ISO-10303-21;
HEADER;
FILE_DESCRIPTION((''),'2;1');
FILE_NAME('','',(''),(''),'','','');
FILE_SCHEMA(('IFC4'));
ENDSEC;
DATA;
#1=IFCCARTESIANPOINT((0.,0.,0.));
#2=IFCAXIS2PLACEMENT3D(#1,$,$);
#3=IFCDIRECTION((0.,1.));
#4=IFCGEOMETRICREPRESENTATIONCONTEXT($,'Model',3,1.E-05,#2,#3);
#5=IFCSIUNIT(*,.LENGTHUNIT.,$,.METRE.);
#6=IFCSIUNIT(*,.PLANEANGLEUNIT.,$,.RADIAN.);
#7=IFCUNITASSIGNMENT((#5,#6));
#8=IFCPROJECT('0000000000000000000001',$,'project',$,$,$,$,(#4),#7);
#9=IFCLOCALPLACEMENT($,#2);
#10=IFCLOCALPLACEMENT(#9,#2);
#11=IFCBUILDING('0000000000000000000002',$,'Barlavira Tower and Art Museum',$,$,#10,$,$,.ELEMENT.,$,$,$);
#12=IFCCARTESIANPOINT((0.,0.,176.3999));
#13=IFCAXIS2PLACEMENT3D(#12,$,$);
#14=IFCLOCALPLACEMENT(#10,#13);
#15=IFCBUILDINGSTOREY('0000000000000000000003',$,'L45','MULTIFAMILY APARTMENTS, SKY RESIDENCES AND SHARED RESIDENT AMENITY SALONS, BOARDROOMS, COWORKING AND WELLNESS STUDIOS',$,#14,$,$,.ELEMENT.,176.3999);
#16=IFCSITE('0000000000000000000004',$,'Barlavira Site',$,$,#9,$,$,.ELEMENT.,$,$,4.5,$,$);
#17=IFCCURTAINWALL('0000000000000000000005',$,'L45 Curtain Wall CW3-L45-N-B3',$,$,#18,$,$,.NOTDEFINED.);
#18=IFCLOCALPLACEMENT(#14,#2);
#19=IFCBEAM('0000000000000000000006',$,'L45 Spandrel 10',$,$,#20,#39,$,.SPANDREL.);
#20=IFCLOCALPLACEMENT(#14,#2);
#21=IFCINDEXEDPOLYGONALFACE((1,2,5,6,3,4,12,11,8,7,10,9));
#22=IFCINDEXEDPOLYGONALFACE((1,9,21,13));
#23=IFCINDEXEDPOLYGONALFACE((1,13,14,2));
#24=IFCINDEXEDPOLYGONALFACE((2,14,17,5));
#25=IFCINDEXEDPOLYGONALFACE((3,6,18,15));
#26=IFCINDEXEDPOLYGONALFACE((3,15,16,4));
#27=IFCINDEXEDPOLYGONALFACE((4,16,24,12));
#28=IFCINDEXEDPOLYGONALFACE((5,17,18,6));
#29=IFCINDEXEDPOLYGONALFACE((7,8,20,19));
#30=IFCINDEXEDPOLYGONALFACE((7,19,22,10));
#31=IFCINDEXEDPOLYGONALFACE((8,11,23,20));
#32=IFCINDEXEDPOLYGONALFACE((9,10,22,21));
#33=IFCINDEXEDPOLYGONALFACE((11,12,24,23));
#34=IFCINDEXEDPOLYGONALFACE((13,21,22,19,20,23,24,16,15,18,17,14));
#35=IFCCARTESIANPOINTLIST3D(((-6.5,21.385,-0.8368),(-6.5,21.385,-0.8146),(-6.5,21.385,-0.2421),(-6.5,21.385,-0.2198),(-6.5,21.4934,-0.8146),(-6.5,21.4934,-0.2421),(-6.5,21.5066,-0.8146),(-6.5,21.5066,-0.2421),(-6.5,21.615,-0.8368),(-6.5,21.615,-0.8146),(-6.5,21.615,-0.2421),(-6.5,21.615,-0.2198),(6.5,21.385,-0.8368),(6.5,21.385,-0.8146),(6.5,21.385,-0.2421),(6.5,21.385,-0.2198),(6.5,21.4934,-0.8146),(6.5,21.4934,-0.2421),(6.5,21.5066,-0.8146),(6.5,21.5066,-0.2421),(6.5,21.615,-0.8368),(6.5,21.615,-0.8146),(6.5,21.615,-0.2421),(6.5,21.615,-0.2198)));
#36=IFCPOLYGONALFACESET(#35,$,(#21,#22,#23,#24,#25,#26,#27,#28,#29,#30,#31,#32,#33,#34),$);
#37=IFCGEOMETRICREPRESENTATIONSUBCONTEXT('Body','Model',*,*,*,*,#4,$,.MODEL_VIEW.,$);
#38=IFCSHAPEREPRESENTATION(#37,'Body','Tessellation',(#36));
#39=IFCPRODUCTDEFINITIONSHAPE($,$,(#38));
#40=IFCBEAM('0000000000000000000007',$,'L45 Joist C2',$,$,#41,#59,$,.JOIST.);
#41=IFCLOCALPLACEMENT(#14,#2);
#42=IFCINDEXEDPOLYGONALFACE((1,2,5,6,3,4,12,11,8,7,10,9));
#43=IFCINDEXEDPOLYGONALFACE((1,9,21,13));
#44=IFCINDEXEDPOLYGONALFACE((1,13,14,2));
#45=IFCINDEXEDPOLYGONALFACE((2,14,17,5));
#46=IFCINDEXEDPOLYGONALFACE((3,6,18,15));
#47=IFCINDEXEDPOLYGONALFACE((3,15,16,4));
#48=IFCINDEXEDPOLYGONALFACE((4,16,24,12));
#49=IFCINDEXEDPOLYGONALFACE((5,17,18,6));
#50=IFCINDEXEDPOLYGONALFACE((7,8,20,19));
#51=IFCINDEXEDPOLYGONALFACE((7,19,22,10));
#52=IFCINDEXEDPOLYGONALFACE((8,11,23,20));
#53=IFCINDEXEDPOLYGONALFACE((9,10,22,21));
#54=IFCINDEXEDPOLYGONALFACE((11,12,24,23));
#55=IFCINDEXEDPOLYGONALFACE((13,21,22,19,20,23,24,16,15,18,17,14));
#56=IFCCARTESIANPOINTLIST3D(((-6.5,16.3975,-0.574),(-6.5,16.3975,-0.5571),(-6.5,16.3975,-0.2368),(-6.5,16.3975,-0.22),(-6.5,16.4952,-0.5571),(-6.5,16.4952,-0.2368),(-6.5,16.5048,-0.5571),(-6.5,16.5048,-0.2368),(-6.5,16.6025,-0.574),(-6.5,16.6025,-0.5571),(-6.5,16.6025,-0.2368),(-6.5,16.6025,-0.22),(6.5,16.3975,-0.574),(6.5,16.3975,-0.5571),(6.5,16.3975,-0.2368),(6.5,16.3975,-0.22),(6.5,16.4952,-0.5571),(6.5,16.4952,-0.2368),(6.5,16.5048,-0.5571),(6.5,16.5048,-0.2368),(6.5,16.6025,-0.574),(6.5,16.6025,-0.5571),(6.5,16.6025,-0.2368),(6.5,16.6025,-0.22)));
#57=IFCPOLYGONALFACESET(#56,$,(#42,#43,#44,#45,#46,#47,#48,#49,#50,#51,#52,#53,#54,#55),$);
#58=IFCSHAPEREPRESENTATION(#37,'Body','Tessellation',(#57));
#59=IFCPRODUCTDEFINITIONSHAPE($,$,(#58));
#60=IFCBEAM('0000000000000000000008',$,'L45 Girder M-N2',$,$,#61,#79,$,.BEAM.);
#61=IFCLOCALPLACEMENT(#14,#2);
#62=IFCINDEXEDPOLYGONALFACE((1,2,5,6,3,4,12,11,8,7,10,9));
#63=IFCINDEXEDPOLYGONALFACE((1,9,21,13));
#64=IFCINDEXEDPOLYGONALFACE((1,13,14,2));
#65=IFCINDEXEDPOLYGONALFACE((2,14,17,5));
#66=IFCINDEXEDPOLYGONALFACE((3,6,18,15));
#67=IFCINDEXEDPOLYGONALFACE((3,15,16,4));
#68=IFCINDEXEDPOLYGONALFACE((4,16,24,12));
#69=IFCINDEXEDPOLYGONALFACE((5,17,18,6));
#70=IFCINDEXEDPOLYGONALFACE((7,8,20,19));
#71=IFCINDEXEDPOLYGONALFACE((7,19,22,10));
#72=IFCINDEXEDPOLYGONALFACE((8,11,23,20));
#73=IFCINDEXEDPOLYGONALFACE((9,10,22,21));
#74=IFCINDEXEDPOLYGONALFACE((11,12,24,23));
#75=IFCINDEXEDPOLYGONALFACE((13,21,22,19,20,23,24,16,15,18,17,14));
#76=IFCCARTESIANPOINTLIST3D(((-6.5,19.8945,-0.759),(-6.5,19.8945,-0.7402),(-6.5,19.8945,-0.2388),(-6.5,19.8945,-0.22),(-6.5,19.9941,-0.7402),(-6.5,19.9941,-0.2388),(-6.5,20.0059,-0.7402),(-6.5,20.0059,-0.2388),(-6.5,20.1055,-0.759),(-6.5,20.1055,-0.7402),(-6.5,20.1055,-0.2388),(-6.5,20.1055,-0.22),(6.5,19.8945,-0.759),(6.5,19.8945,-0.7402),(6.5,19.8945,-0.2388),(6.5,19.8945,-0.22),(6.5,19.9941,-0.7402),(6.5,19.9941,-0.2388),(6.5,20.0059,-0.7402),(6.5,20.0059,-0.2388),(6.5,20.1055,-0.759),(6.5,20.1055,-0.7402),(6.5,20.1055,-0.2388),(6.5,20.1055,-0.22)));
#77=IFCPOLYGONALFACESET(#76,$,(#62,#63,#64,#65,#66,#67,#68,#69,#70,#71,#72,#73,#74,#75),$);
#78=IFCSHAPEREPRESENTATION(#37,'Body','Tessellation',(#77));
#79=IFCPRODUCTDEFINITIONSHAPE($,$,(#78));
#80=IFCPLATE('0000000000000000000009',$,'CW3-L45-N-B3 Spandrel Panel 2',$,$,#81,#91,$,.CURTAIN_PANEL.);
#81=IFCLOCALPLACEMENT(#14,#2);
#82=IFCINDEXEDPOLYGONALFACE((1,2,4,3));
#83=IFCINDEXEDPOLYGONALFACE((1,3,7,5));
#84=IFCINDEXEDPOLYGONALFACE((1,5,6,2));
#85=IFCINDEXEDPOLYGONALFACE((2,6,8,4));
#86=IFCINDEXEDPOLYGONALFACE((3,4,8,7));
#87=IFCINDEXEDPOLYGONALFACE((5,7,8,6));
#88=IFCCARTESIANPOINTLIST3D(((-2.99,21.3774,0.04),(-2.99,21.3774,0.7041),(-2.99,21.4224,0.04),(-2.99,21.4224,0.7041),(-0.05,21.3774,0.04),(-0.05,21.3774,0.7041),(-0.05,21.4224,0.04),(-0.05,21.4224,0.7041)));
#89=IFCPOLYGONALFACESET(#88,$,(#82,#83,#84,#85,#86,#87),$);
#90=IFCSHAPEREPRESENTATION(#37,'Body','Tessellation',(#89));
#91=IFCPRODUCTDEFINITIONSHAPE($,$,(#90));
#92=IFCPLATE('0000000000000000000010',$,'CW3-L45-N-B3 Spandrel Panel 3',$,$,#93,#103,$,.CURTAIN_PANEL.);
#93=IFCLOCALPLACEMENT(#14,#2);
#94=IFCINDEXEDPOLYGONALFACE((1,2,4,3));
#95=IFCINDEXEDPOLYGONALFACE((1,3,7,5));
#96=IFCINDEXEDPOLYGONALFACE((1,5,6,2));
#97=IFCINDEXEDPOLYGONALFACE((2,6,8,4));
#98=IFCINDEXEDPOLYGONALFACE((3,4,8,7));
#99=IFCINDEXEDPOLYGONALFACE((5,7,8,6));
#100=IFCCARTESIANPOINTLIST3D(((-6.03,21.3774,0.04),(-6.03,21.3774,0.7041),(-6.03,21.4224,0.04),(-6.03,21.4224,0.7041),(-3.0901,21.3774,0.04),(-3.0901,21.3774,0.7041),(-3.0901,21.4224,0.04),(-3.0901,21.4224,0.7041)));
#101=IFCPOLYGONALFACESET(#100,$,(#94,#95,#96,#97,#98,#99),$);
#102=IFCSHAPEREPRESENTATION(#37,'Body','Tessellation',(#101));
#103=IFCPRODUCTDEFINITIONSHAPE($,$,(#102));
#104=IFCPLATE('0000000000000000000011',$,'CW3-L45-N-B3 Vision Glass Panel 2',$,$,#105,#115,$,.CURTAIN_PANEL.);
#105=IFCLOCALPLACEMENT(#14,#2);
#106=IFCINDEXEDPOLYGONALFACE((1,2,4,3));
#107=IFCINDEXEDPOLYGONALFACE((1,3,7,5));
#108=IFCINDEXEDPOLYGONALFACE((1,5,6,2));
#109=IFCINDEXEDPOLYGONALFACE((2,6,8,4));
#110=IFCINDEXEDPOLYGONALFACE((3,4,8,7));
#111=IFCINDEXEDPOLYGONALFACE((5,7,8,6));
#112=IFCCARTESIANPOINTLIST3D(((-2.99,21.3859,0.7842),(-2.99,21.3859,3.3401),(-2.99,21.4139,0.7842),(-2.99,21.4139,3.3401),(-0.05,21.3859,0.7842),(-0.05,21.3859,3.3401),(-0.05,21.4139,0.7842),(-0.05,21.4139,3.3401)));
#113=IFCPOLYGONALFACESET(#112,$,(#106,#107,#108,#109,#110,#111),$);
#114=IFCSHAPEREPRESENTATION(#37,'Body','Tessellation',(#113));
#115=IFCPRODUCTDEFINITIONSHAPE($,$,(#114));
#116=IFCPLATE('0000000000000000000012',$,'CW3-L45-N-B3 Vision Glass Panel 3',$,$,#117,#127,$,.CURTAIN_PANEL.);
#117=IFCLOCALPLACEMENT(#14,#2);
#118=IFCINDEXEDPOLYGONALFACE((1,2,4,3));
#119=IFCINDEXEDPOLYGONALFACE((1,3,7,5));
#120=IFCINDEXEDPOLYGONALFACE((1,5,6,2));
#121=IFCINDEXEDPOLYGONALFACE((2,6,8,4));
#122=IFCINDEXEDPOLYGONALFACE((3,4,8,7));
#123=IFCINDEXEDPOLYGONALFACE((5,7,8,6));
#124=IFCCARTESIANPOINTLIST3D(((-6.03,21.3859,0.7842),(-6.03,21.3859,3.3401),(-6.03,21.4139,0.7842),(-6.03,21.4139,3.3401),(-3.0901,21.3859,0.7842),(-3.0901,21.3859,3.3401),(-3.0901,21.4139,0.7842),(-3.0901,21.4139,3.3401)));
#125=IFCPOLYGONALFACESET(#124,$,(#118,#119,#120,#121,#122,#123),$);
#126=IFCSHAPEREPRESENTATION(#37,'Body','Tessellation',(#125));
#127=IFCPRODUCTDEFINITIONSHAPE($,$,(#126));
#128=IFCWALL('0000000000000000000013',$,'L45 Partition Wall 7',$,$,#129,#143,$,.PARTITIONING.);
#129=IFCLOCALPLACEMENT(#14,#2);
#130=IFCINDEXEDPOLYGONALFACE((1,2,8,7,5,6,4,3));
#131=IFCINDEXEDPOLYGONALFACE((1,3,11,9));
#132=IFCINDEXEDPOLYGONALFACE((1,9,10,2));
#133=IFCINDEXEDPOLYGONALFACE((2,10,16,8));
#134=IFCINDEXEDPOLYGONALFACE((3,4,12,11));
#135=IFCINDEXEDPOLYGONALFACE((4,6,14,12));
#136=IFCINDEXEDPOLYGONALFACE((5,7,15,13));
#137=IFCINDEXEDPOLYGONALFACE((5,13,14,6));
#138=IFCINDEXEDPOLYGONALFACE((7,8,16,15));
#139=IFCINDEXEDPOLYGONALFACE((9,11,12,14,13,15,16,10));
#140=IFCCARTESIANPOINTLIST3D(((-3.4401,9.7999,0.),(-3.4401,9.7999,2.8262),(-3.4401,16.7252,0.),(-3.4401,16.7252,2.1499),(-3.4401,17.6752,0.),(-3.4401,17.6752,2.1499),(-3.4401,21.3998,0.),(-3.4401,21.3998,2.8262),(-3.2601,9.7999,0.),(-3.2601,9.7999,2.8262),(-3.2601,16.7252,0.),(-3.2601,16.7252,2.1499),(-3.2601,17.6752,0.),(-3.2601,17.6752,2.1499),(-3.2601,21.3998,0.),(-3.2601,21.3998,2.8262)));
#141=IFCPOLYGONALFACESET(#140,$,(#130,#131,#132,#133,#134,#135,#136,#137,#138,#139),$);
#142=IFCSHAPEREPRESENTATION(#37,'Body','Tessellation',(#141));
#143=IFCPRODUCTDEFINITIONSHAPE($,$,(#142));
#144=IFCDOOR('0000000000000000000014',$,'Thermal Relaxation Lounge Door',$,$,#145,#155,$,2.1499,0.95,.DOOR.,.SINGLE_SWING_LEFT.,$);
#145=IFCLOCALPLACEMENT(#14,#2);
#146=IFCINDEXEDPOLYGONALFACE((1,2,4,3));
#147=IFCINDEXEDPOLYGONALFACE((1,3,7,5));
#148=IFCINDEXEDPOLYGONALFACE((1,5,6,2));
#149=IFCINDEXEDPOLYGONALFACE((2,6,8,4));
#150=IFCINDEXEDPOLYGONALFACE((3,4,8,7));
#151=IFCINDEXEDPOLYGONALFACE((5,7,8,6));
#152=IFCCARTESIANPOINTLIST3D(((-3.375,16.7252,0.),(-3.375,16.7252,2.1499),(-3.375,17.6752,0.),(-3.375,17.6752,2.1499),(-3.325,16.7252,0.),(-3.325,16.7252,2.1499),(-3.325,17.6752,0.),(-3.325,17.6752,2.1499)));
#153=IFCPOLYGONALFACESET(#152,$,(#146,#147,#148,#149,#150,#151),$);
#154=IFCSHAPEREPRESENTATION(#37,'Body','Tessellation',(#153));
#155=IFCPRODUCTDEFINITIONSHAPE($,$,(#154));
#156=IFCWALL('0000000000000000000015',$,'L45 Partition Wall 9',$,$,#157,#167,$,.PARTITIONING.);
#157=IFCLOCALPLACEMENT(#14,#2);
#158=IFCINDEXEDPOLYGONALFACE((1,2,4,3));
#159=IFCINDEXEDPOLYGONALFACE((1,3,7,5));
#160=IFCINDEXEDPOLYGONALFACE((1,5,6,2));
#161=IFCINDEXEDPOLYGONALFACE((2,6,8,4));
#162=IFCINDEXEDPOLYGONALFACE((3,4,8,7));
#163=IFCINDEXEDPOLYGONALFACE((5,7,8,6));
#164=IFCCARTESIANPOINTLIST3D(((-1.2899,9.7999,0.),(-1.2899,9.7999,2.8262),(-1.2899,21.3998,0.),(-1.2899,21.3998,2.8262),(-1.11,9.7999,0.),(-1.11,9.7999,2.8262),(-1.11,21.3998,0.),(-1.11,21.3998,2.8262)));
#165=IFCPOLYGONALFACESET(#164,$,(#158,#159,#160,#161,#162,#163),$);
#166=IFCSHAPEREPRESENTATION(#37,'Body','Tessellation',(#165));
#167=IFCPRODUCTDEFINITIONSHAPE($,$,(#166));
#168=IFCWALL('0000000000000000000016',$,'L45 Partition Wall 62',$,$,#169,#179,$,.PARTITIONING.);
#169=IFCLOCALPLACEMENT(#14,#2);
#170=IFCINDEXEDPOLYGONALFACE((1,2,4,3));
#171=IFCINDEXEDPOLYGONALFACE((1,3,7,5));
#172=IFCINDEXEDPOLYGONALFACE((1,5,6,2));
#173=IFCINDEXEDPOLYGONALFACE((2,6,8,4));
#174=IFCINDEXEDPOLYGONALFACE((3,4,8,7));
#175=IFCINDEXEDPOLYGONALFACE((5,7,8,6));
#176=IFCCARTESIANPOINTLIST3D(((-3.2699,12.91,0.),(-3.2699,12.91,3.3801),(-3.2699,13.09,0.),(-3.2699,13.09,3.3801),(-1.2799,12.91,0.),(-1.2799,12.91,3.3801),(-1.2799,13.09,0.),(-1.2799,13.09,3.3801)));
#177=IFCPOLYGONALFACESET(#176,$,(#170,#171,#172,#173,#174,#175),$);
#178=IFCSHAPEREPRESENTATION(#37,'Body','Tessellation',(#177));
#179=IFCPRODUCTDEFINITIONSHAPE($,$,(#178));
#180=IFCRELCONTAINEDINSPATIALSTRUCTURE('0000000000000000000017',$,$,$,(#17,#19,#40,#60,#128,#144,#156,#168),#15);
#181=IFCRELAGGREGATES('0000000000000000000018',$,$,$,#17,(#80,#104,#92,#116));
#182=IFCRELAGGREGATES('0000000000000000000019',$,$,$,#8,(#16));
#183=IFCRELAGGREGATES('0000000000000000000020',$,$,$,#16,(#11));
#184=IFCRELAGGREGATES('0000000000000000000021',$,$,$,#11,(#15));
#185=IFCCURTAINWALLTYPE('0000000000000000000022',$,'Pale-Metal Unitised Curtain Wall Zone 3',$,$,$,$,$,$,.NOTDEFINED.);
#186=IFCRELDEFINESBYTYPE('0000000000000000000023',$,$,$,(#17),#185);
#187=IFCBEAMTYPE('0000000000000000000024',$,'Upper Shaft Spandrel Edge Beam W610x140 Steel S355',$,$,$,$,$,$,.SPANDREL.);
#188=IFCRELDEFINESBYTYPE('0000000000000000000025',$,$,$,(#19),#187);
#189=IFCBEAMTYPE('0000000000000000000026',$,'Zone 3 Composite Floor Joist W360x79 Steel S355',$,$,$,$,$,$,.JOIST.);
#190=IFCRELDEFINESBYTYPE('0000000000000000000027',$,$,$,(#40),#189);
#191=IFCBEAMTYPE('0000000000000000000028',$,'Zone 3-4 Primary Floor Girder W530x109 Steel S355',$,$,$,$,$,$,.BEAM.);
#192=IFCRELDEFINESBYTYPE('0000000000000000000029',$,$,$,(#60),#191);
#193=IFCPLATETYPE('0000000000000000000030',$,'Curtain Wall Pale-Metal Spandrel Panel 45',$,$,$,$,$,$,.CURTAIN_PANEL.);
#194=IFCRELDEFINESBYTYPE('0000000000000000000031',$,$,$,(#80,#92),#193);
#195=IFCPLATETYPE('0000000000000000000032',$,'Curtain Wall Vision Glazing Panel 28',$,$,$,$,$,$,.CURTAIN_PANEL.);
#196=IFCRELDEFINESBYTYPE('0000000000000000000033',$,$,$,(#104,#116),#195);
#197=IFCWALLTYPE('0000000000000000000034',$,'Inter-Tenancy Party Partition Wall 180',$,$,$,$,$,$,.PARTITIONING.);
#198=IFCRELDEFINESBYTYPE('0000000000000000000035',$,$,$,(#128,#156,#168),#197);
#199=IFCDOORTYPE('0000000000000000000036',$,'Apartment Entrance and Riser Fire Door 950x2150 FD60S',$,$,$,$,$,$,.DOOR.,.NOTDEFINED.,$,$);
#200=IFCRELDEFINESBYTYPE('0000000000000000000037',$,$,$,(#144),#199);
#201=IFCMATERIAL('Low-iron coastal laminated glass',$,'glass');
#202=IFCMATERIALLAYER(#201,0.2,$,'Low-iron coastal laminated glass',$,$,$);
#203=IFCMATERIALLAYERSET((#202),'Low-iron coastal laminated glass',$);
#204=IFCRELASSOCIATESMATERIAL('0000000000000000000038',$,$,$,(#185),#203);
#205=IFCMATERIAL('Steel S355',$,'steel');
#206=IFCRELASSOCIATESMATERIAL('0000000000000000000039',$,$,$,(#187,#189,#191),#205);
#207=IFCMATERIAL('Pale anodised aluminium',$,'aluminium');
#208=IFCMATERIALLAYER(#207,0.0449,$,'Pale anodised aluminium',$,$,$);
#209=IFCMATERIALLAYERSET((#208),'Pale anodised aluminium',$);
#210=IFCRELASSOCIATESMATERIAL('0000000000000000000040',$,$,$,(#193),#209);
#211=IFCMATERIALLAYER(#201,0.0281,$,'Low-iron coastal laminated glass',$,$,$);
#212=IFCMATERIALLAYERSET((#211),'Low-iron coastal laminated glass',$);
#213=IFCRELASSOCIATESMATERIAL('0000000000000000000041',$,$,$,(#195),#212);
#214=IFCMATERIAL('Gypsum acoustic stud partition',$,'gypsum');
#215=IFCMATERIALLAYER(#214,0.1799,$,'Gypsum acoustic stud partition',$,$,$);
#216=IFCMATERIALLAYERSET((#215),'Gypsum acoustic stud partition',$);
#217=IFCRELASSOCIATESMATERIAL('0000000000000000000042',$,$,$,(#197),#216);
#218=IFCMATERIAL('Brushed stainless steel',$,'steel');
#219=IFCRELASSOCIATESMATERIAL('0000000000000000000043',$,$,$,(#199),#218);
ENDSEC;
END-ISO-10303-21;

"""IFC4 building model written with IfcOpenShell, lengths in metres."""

from ifc_helpers import new_model, si_unit, direction, frame, frame_2d, origin, origin_2d, place, context, subcontext, project, spatial, rectangle, i_section, extrude, material, layer, layer_set, material_profile, profile_set, type_object, element, fill, aggregate, save


model = new_model("IFC4")

# Units and contexts
model_context = context("Model", 3, precision=1e-05, world=origin(), true_north=direction((0.0, 1.0)))
body_context = subcontext(model_context, "Body", "Model", "MODEL_VIEW")
ifc_project = project(units=[si_unit("LENGTHUNIT", "METRE"), si_unit("PLANEANGLEUNIT", "RADIAN")], contexts=[model_context])

# Site, building, storey
site_placement = place(None, origin())
site = spatial("IfcSite", under=ifc_project, at=site_placement, Name="Barlavira Site", CompositionType="ELEMENT", RefElevation=4.5)
building_placement = place(site_placement, origin())
building = spatial("IfcBuilding", under=site, at=building_placement, Name="Barlavira Tower and Art Museum", CompositionType="ELEMENT")
storey_placement = place(building_placement, frame((0.0, 0.0, 176.3999)))
storey = spatial("IfcBuildingStorey", under=building, at=storey_placement, Name="L45", Description="MULTIFAMILY APARTMENTS, SKY RESIDENCES AND SHARED RESIDENT AMENITY SALONS, BOARDROOMS, COWORKING AND WELLNESS STUDIOS", CompositionType="ELEMENT", Elevation=176.3999)

# Curtain wall
ifc_material_1 = material(Name="Low-iron coastal laminated glass", Category="glass")
ifc_layer_1 = layer(ifc_material_1, 0.2, Name="Low-iron coastal laminated glass")
ifc_layer_set_1 = layer_set([ifc_layer_1], Name="Low-iron coastal laminated glass")
curtain_wall_type = type_object("IfcCurtainWallType", Name="Pale-Metal Unitised Curtain Wall Zone 3", PredefinedType="NOTDEFINED", material=ifc_layer_set_1)
curtain_wall_placement = place(storey_placement, origin())
curtain_wall = element("IfcCurtainWall", 1, at=curtain_wall_placement, inside=storey, type_object=curtain_wall_type, Name="L45 Curtain Wall CW3-L45-N-B3", PredefinedType="NOTDEFINED")
ifc_material_2 = material(Name="Pale anodised aluminium", Category="aluminium")

# Beams
ifc_material_3 = material(Name="Steel S355", Category="steel")
ifc_material_profile_1 = material_profile(ifc_material_3, i_section(OverallWidth=0.23, OverallDepth=0.6169, WebThickness=0.0132, FlangeThickness=0.0222, at=origin_2d()), Name="W610x140.0")
ifc_profile_set_1 = profile_set([ifc_material_profile_1], Name="Steel S355")
beam_type_1 = type_object("IfcBeamType", Name="Upper Shaft Spandrel Edge Beam W610x140 Steel S355", PredefinedType="SPANDREL", material=ifc_profile_set_1)
beam_1_placement = place(storey_placement, frame((-6.5, 21.5, -0.5283), z_axis=(1.0, 0.0, 0.0), x_axis=(0.0, 1.0, 0.0)))
element("IfcBeam", 2, at=beam_1_placement, inside=storey, type_object=beam_type_1, Name="L45 Spandrel 10", PredefinedType="SPANDREL", context=body_context, shape_type="SweptSolid", body=[
    extrude(i_section(OverallWidth=0.23, OverallDepth=0.6169, WebThickness=0.0132, FlangeThickness=0.0222, at=origin_2d()), origin(), (0.0, 0.0, 1.0), 13.0),
])
ifc_material_profile_2 = material_profile(ifc_material_3, i_section(OverallWidth=0.2051, OverallDepth=0.354, WebThickness=0.0095, FlangeThickness=0.0168, at=origin_2d()), Name="W360x79.0")
ifc_profile_set_2 = profile_set([ifc_material_profile_2], Name="Steel S355")
beam_type_2 = type_object("IfcBeamType", Name="Zone 3 Composite Floor Joist W360x79 Steel S355", PredefinedType="JOIST", material=ifc_profile_set_2)
beam_2_placement = place(storey_placement, frame((-6.5, 16.5, -0.397), z_axis=(1.0, 0.0, 0.0), x_axis=(0.0, 1.0, 0.0)))
element("IfcBeam", 3, at=beam_2_placement, inside=storey, type_object=beam_type_2, Name="L45 Joist C2", PredefinedType="JOIST", context=body_context, shape_type="SweptSolid", body=[
    extrude(i_section(OverallWidth=0.2051, OverallDepth=0.354, WebThickness=0.0095, FlangeThickness=0.0168, at=origin_2d()), origin(), (0.0, 0.0, 1.0), 13.0),
])
ifc_material_profile_3 = material_profile(ifc_material_3, i_section(OverallWidth=0.2109, OverallDepth=0.5391, WebThickness=0.0117, FlangeThickness=0.0188, at=origin_2d()), Name="W530x109.0")
ifc_profile_set_3 = profile_set([ifc_material_profile_3], Name="Steel S355")
beam_type_3 = type_object("IfcBeamType", Name="Zone 3-4 Primary Floor Girder W530x109 Steel S355", PredefinedType="BEAM", material=ifc_profile_set_3)
beam_3_placement = place(storey_placement, frame((-6.5, 20.0, -0.4895), z_axis=(1.0, 0.0, 0.0), x_axis=(0.0, 1.0, 0.0)))
element("IfcBeam", 4, at=beam_3_placement, inside=storey, type_object=beam_type_3, Name="L45 Girder M-N2", PredefinedType="BEAM", context=body_context, shape_type="SweptSolid", body=[
    extrude(i_section(OverallWidth=0.2109, OverallDepth=0.5391, WebThickness=0.0117, FlangeThickness=0.0188, at=origin_2d()), origin(), (0.0, 0.0, 1.0), 13.0),
])

# Plates
ifc_layer_2 = layer(ifc_material_2, 0.0449, Name="Pale anodised aluminium")
ifc_layer_set_2 = layer_set([ifc_layer_2], Name="Pale anodised aluminium")
plate_type_1 = type_object("IfcPlateType", Name="Curtain Wall Pale-Metal Spandrel Panel 45", PredefinedType="CURTAIN_PANEL", material=ifc_layer_set_2)
plate_1_placement = place(storey_placement, frame((-1.52, 21.3999, 0.04), z_axis=(0.0, 0.0, 1.0), x_axis=(-1.0, 0.0, 0.0)))
plate_1 = element("IfcPlate", 5, at=plate_1_placement, type_object=plate_type_1, Name="CW3-L45-N-B3 Spandrel Panel 2", PredefinedType="CURTAIN_PANEL", context=body_context, shape_type="SweptSolid", body=[
    extrude(rectangle(XDim=2.9399, YDim=0.0449, at=origin_2d()), origin(), (0.0, 0.0, 1.0), 0.6641),
])
plate_2_placement = place(storey_placement, frame((-4.5601, 21.3999, 0.04), z_axis=(0.0, 0.0, 1.0), x_axis=(-1.0, 0.0, 0.0)))
plate_2 = element("IfcPlate", 6, at=plate_2_placement, type_object=plate_type_1, Name="CW3-L45-N-B3 Spandrel Panel 3", PredefinedType="CURTAIN_PANEL", context=body_context, shape_type="SweptSolid", body=[
    extrude(rectangle(XDim=2.9399, YDim=0.0449, at=origin_2d()), origin(), (0.0, 0.0, 1.0), 0.6641),
])
ifc_layer_3 = layer(ifc_material_1, 0.0281, Name="Low-iron coastal laminated glass")
ifc_layer_set_3 = layer_set([ifc_layer_3], Name="Low-iron coastal laminated glass")
plate_type_2 = type_object("IfcPlateType", Name="Curtain Wall Vision Glazing Panel 28", PredefinedType="CURTAIN_PANEL", material=ifc_layer_set_3)
plate_3_placement = place(storey_placement, frame((-1.52, 21.3999, 0.7842), z_axis=(0.0, 0.0, 1.0), x_axis=(-1.0, 0.0, 0.0)))
plate_3 = element("IfcPlate", 7, at=plate_3_placement, type_object=plate_type_2, Name="CW3-L45-N-B3 Vision Glass Panel 2", PredefinedType="CURTAIN_PANEL", context=body_context, shape_type="SweptSolid", body=[
    extrude(rectangle(XDim=2.9399, YDim=0.0281, at=origin_2d()), origin(), (0.0, 0.0, 1.0), 2.5559),
])
plate_4_placement = place(storey_placement, frame((-4.5601, 21.3999, 0.7842), z_axis=(0.0, 0.0, 1.0), x_axis=(-1.0, 0.0, 0.0)))
plate_4 = element("IfcPlate", 8, at=plate_4_placement, type_object=plate_type_2, Name="CW3-L45-N-B3 Vision Glass Panel 3", PredefinedType="CURTAIN_PANEL", context=body_context, shape_type="SweptSolid", body=[
    extrude(rectangle(XDim=2.9399, YDim=0.0281, at=origin_2d()), origin(), (0.0, 0.0, 1.0), 2.5559),
])
aggregate(curtain_wall, [plate_1, plate_3, plate_2, plate_4])

# Wall, opening, door
ifc_material_4 = material(Name="Gypsum acoustic stud partition", Category="gypsum")
ifc_layer_4 = layer(ifc_material_4, 0.1799, Name="Gypsum acoustic stud partition")
ifc_layer_set_4 = layer_set([ifc_layer_4], Name="Gypsum acoustic stud partition")
wall_type_1 = type_object("IfcWallType", Name="Inter-Tenancy Party Partition Wall 180", PredefinedType="PARTITIONING", material=ifc_layer_set_4)
wall_1_placement = place(storey_placement, frame((-3.3501, 9.8, 0.0), z_axis=(0.0, 0.0, 1.0), x_axis=(0.0, 1.0, 0.0)))
wall_1 = element("IfcWall", 9, at=wall_1_placement, inside=storey, type_object=wall_type_1, Name="L45 Partition Wall 7", PredefinedType="PARTITIONING", context=body_context, shape_type="SweptSolid", body=[
    extrude(rectangle(XDim=11.5999, YDim=0.1799, at=frame_2d((5.7998, 0.0))), origin(), (0.0, 0.0, 1.0), 2.8262),
])
opening_1_placement = place(wall_1_placement, frame((6.925, 0.0, 0.0)))
opening_1 = element("IfcOpeningElement", 10, at=opening_1_placement, cuts=wall_1, PredefinedType="OPENING", context=body_context, shape_type="SweptSolid", body=[
    extrude(rectangle(XDim=0.95, YDim=2.1499, at=frame_2d((0.4751, 1.075))), frame((0.0, 0.1001, 0.0), z_axis=(0.0, -1.0, 0.0), x_axis=(1.0, 0.0, 0.0)), (0.0, 0.0, 1.0), 0.2),
])
ifc_material_5 = material(Name="Brushed stainless steel", Category="steel")
door_type = type_object("IfcDoorType", Name="Apartment Entrance and Riser Fire Door 950x2150 FD60S", OperationType="NOTDEFINED", PredefinedType="DOOR", material=ifc_material_5)
door_1_placement = place(opening_1_placement, origin())
door_1 = element("IfcDoor", 11, at=door_1_placement, inside=storey, type_object=door_type, Name="Thermal Relaxation Lounge Door", OperationType="SINGLE_SWING_LEFT", OverallHeight=2.1499, OverallWidth=0.95, PredefinedType="DOOR", context=body_context, shape_type="SweptSolid", body=[
    extrude(rectangle(XDim=0.95, YDim=2.1499, at=frame_2d((0.4751, 1.075))), frame((0.0, 0.0249, 0.0), z_axis=(0.0, -1.0, 0.0), x_axis=(1.0, 0.0, 0.0)), (0.0, 0.0, 1.0), 0.05),
])
fill(opening_1, door_1)

# Wall
wall_2_placement = place(storey_placement, frame((-1.2, 9.8, 0.0), z_axis=(0.0, 0.0, 1.0), x_axis=(0.0, 1.0, 0.0)))
element("IfcWall", 12, at=wall_2_placement, inside=storey, type_object=wall_type_1, Name="L45 Partition Wall 9", PredefinedType="PARTITIONING", context=body_context, shape_type="SweptSolid", body=[
    extrude(rectangle(XDim=11.5999, YDim=0.1799, at=frame_2d((5.7998, 0.0))), origin(), (0.0, 0.0, 1.0), 2.8262),
])

# Wall
wall_3_placement = place(storey_placement, frame((-3.27, 13.0, 0.0), z_axis=(0.0, 0.0, 1.0), x_axis=(1.0, 0.0, 0.0)))
element("IfcWall", 13, at=wall_3_placement, inside=storey, type_object=wall_type_1, Name="L45 Partition Wall 62", PredefinedType="PARTITIONING", context=body_context, shape_type="SweptSolid", body=[
    extrude(rectangle(XDim=1.99, YDim=0.1799, at=frame_2d((0.9951, 0.0))), origin(), (0.0, 0.0, 1.0), 3.3801),
])

save(model, "model.ifc")
